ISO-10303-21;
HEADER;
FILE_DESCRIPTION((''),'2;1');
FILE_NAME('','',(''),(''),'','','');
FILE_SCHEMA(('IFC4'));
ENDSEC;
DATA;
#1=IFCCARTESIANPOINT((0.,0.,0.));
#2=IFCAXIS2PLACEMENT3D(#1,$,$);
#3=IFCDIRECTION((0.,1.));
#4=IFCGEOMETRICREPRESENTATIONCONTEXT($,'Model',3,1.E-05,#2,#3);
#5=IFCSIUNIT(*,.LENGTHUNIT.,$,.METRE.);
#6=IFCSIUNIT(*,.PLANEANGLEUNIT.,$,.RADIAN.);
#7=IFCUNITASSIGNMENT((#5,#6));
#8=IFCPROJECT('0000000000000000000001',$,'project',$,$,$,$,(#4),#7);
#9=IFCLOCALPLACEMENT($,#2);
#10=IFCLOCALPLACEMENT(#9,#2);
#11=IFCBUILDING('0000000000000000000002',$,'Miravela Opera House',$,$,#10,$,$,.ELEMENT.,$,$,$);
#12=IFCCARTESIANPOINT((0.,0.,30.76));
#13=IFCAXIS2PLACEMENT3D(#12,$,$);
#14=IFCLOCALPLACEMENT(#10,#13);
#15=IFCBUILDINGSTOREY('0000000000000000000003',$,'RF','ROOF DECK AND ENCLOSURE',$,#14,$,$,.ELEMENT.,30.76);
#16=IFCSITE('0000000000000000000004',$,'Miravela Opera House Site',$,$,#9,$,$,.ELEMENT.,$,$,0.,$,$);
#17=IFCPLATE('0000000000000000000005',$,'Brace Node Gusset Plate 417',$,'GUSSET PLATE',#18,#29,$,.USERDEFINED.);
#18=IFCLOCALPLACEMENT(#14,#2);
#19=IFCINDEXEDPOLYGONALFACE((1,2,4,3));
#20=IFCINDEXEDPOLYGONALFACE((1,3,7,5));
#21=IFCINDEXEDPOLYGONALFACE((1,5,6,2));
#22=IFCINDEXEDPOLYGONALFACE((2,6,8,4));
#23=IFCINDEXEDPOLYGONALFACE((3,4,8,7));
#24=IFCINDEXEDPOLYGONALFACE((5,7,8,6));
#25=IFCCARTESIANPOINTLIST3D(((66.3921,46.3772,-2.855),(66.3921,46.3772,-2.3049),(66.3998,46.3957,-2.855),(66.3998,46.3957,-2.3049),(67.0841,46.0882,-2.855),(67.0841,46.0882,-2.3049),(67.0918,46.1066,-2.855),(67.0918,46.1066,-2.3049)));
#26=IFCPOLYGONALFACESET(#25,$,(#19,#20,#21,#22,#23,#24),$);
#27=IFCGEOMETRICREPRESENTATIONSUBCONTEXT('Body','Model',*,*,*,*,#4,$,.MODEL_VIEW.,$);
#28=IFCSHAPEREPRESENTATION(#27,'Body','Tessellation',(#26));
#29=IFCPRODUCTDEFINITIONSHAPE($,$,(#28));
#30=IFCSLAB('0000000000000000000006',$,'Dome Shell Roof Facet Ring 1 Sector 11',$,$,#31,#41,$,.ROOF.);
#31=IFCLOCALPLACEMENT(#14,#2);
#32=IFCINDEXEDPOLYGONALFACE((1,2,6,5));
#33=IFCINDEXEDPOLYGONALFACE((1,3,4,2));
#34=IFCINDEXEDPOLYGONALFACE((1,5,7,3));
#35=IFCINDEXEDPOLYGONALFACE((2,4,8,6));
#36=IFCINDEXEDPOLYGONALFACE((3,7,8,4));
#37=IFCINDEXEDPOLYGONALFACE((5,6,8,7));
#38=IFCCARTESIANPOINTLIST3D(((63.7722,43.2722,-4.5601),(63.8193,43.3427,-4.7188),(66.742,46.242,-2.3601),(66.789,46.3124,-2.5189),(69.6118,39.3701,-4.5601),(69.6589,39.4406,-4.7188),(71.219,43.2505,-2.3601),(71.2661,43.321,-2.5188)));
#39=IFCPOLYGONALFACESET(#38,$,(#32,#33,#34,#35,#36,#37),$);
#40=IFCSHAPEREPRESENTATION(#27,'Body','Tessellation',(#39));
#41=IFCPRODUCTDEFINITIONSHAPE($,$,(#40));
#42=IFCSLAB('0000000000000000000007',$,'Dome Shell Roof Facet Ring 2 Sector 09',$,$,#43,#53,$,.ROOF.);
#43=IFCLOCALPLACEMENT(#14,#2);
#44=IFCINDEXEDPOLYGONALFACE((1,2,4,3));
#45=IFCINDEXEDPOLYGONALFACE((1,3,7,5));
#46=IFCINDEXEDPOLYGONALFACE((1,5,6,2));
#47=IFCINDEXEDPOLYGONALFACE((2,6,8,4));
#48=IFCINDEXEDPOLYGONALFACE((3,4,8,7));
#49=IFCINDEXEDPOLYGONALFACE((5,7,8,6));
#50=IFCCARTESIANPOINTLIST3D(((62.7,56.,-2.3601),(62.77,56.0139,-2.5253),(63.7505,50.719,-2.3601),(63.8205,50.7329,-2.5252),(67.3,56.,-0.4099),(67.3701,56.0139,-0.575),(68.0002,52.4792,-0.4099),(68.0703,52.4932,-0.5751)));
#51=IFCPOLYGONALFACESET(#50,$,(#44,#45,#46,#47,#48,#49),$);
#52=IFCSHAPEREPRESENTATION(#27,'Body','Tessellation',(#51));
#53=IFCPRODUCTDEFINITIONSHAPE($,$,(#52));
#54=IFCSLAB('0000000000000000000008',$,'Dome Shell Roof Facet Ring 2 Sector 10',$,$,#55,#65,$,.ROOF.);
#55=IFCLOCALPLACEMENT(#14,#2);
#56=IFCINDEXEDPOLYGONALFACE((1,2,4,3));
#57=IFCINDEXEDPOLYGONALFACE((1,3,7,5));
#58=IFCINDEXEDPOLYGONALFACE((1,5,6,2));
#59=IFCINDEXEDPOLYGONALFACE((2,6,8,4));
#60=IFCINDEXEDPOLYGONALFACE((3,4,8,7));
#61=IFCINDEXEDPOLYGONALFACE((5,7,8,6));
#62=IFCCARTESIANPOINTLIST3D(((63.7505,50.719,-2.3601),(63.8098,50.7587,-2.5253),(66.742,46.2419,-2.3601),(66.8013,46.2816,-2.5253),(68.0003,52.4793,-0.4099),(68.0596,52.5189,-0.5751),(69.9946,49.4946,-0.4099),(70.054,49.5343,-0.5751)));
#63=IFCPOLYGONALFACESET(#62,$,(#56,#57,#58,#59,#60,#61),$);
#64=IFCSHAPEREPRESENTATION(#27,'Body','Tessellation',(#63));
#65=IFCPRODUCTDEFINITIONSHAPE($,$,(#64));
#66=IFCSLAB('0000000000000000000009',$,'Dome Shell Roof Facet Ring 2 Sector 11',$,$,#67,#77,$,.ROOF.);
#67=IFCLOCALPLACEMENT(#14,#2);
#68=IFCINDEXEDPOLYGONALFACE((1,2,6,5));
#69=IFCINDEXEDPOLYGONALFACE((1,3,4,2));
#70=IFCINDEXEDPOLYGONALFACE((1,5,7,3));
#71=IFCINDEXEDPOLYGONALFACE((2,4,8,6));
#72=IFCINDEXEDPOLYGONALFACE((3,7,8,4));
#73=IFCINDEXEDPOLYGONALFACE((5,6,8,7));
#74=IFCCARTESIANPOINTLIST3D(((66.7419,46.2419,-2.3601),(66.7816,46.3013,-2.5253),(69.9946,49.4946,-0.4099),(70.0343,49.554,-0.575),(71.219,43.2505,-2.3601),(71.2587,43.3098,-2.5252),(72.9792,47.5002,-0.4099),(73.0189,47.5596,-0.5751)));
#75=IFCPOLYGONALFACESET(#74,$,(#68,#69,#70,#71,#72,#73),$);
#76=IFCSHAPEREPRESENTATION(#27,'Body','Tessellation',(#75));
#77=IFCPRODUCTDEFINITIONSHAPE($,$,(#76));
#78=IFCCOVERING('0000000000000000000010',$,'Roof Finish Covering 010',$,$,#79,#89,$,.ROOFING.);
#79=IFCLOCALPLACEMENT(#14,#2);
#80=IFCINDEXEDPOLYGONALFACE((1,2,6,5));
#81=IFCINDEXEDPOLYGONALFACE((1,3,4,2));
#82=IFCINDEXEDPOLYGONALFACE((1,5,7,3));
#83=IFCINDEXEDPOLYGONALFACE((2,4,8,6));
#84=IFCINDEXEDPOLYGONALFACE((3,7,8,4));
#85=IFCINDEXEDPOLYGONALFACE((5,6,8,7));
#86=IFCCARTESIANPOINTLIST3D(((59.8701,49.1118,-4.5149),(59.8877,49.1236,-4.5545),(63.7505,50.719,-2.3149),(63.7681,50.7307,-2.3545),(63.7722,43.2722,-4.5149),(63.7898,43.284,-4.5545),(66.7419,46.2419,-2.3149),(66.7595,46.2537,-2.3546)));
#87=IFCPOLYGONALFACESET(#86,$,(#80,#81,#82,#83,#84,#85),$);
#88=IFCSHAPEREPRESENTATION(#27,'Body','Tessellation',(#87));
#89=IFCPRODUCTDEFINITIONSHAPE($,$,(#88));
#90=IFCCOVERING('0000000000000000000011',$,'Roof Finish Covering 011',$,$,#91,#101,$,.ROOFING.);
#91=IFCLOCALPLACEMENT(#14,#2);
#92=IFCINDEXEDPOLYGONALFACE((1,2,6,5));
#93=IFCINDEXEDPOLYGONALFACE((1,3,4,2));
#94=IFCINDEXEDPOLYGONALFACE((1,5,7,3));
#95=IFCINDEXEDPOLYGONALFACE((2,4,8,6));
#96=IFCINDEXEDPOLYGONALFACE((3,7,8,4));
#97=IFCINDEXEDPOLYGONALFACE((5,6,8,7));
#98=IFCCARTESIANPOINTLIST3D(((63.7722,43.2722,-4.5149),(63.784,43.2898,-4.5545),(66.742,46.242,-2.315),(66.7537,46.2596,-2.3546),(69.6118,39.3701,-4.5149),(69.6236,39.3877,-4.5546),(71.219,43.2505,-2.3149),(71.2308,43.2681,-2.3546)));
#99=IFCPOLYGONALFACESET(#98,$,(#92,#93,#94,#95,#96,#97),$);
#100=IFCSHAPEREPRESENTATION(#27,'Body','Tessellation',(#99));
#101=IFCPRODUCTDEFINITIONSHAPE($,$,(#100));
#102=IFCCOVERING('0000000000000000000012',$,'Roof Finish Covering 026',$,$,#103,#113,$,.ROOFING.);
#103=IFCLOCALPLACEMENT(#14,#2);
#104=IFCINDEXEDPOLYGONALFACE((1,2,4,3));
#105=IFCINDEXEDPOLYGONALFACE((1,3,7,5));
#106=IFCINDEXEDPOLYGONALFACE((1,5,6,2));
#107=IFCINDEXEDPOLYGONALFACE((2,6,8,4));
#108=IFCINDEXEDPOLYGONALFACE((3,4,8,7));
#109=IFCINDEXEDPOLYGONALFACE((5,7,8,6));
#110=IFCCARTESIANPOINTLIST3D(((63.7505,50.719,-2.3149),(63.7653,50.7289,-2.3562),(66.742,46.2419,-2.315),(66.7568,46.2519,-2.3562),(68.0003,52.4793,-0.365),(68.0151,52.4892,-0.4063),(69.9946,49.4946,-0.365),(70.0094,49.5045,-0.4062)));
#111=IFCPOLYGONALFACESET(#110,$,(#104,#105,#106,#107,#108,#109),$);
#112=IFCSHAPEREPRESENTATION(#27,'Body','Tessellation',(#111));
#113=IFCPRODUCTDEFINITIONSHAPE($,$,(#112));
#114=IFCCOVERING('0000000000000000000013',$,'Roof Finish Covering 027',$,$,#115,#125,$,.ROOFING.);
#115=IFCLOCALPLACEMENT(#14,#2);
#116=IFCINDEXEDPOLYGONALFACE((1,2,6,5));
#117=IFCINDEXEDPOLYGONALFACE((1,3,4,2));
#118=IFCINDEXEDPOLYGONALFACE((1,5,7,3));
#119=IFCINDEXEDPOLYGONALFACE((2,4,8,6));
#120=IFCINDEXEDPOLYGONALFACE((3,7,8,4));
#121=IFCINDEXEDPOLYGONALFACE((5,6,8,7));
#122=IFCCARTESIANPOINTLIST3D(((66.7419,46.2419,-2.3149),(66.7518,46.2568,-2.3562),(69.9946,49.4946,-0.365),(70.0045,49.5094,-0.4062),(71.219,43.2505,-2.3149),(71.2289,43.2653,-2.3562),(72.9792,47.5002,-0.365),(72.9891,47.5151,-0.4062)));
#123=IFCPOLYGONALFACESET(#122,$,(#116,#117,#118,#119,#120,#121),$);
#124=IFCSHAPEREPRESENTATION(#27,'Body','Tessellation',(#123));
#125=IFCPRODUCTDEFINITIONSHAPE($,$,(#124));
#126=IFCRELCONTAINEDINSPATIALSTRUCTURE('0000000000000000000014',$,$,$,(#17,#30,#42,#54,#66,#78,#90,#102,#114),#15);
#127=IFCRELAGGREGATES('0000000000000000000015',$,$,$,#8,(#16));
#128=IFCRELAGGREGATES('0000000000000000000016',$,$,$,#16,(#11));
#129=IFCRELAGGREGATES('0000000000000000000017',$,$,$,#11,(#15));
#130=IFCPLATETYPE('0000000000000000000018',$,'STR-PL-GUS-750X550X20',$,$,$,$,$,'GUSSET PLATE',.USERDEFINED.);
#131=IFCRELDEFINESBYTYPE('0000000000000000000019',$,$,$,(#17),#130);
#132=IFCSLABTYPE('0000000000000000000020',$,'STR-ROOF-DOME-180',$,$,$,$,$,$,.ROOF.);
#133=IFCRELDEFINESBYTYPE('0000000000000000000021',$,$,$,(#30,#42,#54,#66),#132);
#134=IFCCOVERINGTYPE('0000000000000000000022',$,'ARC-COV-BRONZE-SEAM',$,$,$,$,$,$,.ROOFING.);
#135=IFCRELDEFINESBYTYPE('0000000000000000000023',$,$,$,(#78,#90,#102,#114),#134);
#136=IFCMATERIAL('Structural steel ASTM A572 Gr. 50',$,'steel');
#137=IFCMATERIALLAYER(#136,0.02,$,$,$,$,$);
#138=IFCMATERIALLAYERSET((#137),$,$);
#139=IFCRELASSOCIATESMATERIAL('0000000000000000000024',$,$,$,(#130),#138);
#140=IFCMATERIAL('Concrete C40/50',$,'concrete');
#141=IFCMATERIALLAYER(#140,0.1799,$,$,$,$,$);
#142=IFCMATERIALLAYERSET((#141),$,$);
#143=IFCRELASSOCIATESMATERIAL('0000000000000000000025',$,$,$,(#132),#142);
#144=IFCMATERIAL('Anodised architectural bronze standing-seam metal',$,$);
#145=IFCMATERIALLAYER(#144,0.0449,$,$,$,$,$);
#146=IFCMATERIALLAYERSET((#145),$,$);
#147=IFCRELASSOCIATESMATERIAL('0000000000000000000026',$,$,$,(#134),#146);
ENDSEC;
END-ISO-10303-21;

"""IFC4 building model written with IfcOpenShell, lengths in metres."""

from ifc_helpers import new_model, si_unit, direction, frame, origin, origin_2d, place, context, subcontext, project, spatial, polyline, rectangle, outline, extrude, material, layer, layer_set, type_object, element, save


model = new_model("IFC4")

# Units and contexts
model_context = context("Model", 3, precision=1e-05, world=origin(), true_north=direction((0.0, 1.0)))
body_context = subcontext(model_context, "Body", "Model", "MODEL_VIEW")
ifc_project = project(units=[si_unit("LENGTHUNIT", "METRE"), si_unit("PLANEANGLEUNIT", "RADIAN")], contexts=[model_context])

# Site, building, storey
site_placement = place(None, origin())
site = spatial("IfcSite", under=ifc_project, at=site_placement, Name="Miravela Opera House Site", CompositionType="ELEMENT", RefElevation=0.0)
building_placement = place(site_placement, origin())
building = spatial("IfcBuilding", under=site, at=building_placement, Name="Miravela Opera House", CompositionType="ELEMENT")
storey_placement = place(building_placement, frame((0.0, 0.0, 30.76)))
storey = spatial("IfcBuildingStorey", under=building, at=storey_placement, Name="RF", Description="ROOF DECK AND ENCLOSURE", CompositionType="ELEMENT", Elevation=30.76)

# Plate
ifc_material_1 = material(Name="Structural steel ASTM A572 Gr. 50", Category="steel")
ifc_layer_1 = layer(ifc_material_1, 0.02)
ifc_layer_set_1 = layer_set([ifc_layer_1])
plate_type_1 = type_object("IfcPlateType", Name="STR-PL-GUS-750X550X20", ElementType="GUSSET PLATE", PredefinedType="USERDEFINED", material=ifc_layer_set_1)
for number, where, z_axis, x_axis, name in (
    (1, (66.7419, 46.2419, -2.855), (0.0, 0.0, 1.0), (-0.92274, 0.385423, 0.0), "Brace Node Gusset Plate 417"),
):
    element("IfcPlate", number, at=place(storey_placement, frame(where, z_axis=z_axis, x_axis=x_axis)), inside=storey, type_object=plate_type_1, Name=name, ObjectType="GUSSET PLATE", PredefinedType="USERDEFINED", context=body_context, shape_type="SweptSolid", body=[
        extrude(rectangle(XDim=0.75, YDim=0.02, at=origin_2d()), origin(), (0.0, 0.0, 1.0), 0.55),
    ])

# Slabs
ifc_material_2 = material(Name="Concrete C40/50", Category="concrete")
ifc_layer_2 = layer(ifc_material_2, 0.1799)
ifc_layer_set_2 = layer_set([ifc_layer_2])
slab_type = type_object("IfcSlabType", Name="STR-ROOF-DOME-180", PredefinedType="ROOF", material=ifc_layer_set_2)
slab_1_placement = place(storey_placement, frame((63.7722, 43.2722, -4.5601), z_axis=(-0.261731, -0.391697, 0.882083), x_axis=(0.831458, -0.555588, -0.000005)))
element("IfcSlab", 2, at=slab_1_placement, inside=storey, type_object=slab_type, Name="Dome Shell Roof Facet Ring 1 Sector 11", PredefinedType="ROOF", context=body_context, shape_type="SweptSolid", body=[
    extrude(outline(polyline([(0.0, 0.0), (7.0233, 0.0), (6.2037, 4.6699), (0.8192, 4.6698), (0.0, 0.0)])), origin(), (0.0, 0.0, -1.0), 0.1799),
])
slab_2_placement = place(storey_placement, frame((62.7, 56.0, -2.3601), z_axis=(-0.389156, -0.077406, 0.917914), x_axis=(0.195102, -0.980783, 0.000007)))
element("IfcSlab", 3, at=slab_2_placement, inside=storey, type_object=slab_type, Name="Dome Shell Roof Facet Ring 2 Sector 09", PredefinedType="ROOF", context=body_context, shape_type="SweptSolid", body=[
    extrude(outline(polyline([(0.0, 0.0), (5.3845, 0.0), (4.4872, 4.915), (0.8975, 4.9151), (0.0, 0.0)])), origin(), (0.0, 0.0, -1.0), 0.1799),
])
slab_3_placement = place(storey_placement, frame((63.7505, 50.719, -2.3601), z_axis=(-0.329911, -0.220445, 0.917912), x_axis=(0.55557, -0.83147, -0.000005)))
element("IfcSlab", 4, at=slab_3_placement, inside=storey, type_object=slab_type, Name="Dome Shell Roof Facet Ring 2 Sector 10", PredefinedType="ROOF", context=body_context, shape_type="SweptSolid", body=[
    extrude(outline(polyline([(0.0, 0.0), (5.3845, 0.0), (4.4871, 4.9151), (0.8974, 4.915), (0.0, 0.0)])), origin(), (0.0, 0.0, -1.0), 0.1799),
])
slab_4_placement = place(storey_placement, frame((66.7419, 46.2419, -2.3601), z_axis=(-0.220445, -0.329911, 0.917912), x_axis=(0.83147, -0.55557, 0.000005)))
element("IfcSlab", 5, at=slab_4_placement, inside=storey, type_object=slab_type, Name="Dome Shell Roof Facet Ring 2 Sector 11", PredefinedType="ROOF", context=body_context, shape_type="SweptSolid", body=[
    extrude(outline(polyline([(0.0, 0.0), (5.3845, 0.0), (4.4871, 4.915), (0.8974, 4.9151), (0.0, 0.0)])), origin(), (0.0, 0.0, -1.0), 0.1799),
])

# Coverings
ifc_material_3 = material(Name="Anodised architectural bronze standing-seam metal")
ifc_layer_3 = layer(ifc_material_3, 0.0449)
ifc_layer_set_3 = layer_set([ifc_layer_3])
covering_type = type_object("IfcCoveringType", Name="ARC-COV-BRONZE-SEAM", PredefinedType="ROOFING", material=ifc_layer_set_3)
covering_1_placement = place(storey_placement, frame((59.8701, 49.1118, -4.5149), z_axis=(-0.391697, -0.261731, 0.882083), x_axis=(0.555588, -0.831458, 0.000005)))
element("IfcCovering", 6, at=covering_1_placement, inside=storey, type_object=covering_type, Name="Roof Finish Covering 010", PredefinedType="ROOFING", context=body_context, shape_type="SweptSolid", body=[
    extrude(outline(polyline([(0.0, 0.0), (7.0233, 0.0), (6.2041, 4.6698), (0.8196, 4.6699), (0.0, 0.0)])), origin(), (0.0, 0.0, -1.0), 0.0449),
])
covering_2_placement = place(storey_placement, frame((63.7722, 43.2722, -4.5149), z_axis=(-0.261731, -0.391697, 0.882083), x_axis=(0.831458, -0.555588, -0.000005)))
element("IfcCovering", 7, at=covering_2_placement, inside=storey, type_object=covering_type, Name="Roof Finish Covering 011", PredefinedType="ROOFING", context=body_context, shape_type="SweptSolid", body=[
    extrude(outline(polyline([(0.0, 0.0), (7.0233, 0.0), (6.2037, 4.6699), (0.8192, 4.6698), (0.0, 0.0)])), origin(), (0.0, 0.0, -1.0), 0.0449),
])
covering_3_placement = place(storey_placement, frame((63.7505, 50.719, -2.3149), z_axis=(-0.329877, -0.220421, 0.91793), x_axis=(0.55557, -0.83147, -0.000005)))
element("IfcCovering", 8, at=covering_3_placement, inside=storey, type_object=covering_type, Name="Roof Finish Covering 026", PredefinedType="ROOFING", context=body_context, shape_type="SweptSolid", body=[
    extrude(outline(polyline([(0.0, 0.0), (5.3845, 0.0), (4.4871, 4.915), (0.8974, 4.9149), (0.0, 0.0)])), origin(), (0.0, 0.0, -1.0), 0.0449),
])
covering_4_placement = place(storey_placement, frame((66.7419, 46.2419, -2.3149), z_axis=(-0.220421, -0.329877, 0.91793), x_axis=(0.83147, -0.55557, 0.000005)))
element("IfcCovering", 9, at=covering_4_placement, inside=storey, type_object=covering_type, Name="Roof Finish Covering 027", PredefinedType="ROOFING", context=body_context, shape_type="SweptSolid", body=[
    extrude(outline(polyline([(0.0, 0.0), (5.3845, 0.0), (4.4871, 4.9149), (0.8974, 4.915), (0.0, 0.0)])), origin(), (0.0, 0.0, -1.0), 0.0449),
])

save(model, "model.ifc")
